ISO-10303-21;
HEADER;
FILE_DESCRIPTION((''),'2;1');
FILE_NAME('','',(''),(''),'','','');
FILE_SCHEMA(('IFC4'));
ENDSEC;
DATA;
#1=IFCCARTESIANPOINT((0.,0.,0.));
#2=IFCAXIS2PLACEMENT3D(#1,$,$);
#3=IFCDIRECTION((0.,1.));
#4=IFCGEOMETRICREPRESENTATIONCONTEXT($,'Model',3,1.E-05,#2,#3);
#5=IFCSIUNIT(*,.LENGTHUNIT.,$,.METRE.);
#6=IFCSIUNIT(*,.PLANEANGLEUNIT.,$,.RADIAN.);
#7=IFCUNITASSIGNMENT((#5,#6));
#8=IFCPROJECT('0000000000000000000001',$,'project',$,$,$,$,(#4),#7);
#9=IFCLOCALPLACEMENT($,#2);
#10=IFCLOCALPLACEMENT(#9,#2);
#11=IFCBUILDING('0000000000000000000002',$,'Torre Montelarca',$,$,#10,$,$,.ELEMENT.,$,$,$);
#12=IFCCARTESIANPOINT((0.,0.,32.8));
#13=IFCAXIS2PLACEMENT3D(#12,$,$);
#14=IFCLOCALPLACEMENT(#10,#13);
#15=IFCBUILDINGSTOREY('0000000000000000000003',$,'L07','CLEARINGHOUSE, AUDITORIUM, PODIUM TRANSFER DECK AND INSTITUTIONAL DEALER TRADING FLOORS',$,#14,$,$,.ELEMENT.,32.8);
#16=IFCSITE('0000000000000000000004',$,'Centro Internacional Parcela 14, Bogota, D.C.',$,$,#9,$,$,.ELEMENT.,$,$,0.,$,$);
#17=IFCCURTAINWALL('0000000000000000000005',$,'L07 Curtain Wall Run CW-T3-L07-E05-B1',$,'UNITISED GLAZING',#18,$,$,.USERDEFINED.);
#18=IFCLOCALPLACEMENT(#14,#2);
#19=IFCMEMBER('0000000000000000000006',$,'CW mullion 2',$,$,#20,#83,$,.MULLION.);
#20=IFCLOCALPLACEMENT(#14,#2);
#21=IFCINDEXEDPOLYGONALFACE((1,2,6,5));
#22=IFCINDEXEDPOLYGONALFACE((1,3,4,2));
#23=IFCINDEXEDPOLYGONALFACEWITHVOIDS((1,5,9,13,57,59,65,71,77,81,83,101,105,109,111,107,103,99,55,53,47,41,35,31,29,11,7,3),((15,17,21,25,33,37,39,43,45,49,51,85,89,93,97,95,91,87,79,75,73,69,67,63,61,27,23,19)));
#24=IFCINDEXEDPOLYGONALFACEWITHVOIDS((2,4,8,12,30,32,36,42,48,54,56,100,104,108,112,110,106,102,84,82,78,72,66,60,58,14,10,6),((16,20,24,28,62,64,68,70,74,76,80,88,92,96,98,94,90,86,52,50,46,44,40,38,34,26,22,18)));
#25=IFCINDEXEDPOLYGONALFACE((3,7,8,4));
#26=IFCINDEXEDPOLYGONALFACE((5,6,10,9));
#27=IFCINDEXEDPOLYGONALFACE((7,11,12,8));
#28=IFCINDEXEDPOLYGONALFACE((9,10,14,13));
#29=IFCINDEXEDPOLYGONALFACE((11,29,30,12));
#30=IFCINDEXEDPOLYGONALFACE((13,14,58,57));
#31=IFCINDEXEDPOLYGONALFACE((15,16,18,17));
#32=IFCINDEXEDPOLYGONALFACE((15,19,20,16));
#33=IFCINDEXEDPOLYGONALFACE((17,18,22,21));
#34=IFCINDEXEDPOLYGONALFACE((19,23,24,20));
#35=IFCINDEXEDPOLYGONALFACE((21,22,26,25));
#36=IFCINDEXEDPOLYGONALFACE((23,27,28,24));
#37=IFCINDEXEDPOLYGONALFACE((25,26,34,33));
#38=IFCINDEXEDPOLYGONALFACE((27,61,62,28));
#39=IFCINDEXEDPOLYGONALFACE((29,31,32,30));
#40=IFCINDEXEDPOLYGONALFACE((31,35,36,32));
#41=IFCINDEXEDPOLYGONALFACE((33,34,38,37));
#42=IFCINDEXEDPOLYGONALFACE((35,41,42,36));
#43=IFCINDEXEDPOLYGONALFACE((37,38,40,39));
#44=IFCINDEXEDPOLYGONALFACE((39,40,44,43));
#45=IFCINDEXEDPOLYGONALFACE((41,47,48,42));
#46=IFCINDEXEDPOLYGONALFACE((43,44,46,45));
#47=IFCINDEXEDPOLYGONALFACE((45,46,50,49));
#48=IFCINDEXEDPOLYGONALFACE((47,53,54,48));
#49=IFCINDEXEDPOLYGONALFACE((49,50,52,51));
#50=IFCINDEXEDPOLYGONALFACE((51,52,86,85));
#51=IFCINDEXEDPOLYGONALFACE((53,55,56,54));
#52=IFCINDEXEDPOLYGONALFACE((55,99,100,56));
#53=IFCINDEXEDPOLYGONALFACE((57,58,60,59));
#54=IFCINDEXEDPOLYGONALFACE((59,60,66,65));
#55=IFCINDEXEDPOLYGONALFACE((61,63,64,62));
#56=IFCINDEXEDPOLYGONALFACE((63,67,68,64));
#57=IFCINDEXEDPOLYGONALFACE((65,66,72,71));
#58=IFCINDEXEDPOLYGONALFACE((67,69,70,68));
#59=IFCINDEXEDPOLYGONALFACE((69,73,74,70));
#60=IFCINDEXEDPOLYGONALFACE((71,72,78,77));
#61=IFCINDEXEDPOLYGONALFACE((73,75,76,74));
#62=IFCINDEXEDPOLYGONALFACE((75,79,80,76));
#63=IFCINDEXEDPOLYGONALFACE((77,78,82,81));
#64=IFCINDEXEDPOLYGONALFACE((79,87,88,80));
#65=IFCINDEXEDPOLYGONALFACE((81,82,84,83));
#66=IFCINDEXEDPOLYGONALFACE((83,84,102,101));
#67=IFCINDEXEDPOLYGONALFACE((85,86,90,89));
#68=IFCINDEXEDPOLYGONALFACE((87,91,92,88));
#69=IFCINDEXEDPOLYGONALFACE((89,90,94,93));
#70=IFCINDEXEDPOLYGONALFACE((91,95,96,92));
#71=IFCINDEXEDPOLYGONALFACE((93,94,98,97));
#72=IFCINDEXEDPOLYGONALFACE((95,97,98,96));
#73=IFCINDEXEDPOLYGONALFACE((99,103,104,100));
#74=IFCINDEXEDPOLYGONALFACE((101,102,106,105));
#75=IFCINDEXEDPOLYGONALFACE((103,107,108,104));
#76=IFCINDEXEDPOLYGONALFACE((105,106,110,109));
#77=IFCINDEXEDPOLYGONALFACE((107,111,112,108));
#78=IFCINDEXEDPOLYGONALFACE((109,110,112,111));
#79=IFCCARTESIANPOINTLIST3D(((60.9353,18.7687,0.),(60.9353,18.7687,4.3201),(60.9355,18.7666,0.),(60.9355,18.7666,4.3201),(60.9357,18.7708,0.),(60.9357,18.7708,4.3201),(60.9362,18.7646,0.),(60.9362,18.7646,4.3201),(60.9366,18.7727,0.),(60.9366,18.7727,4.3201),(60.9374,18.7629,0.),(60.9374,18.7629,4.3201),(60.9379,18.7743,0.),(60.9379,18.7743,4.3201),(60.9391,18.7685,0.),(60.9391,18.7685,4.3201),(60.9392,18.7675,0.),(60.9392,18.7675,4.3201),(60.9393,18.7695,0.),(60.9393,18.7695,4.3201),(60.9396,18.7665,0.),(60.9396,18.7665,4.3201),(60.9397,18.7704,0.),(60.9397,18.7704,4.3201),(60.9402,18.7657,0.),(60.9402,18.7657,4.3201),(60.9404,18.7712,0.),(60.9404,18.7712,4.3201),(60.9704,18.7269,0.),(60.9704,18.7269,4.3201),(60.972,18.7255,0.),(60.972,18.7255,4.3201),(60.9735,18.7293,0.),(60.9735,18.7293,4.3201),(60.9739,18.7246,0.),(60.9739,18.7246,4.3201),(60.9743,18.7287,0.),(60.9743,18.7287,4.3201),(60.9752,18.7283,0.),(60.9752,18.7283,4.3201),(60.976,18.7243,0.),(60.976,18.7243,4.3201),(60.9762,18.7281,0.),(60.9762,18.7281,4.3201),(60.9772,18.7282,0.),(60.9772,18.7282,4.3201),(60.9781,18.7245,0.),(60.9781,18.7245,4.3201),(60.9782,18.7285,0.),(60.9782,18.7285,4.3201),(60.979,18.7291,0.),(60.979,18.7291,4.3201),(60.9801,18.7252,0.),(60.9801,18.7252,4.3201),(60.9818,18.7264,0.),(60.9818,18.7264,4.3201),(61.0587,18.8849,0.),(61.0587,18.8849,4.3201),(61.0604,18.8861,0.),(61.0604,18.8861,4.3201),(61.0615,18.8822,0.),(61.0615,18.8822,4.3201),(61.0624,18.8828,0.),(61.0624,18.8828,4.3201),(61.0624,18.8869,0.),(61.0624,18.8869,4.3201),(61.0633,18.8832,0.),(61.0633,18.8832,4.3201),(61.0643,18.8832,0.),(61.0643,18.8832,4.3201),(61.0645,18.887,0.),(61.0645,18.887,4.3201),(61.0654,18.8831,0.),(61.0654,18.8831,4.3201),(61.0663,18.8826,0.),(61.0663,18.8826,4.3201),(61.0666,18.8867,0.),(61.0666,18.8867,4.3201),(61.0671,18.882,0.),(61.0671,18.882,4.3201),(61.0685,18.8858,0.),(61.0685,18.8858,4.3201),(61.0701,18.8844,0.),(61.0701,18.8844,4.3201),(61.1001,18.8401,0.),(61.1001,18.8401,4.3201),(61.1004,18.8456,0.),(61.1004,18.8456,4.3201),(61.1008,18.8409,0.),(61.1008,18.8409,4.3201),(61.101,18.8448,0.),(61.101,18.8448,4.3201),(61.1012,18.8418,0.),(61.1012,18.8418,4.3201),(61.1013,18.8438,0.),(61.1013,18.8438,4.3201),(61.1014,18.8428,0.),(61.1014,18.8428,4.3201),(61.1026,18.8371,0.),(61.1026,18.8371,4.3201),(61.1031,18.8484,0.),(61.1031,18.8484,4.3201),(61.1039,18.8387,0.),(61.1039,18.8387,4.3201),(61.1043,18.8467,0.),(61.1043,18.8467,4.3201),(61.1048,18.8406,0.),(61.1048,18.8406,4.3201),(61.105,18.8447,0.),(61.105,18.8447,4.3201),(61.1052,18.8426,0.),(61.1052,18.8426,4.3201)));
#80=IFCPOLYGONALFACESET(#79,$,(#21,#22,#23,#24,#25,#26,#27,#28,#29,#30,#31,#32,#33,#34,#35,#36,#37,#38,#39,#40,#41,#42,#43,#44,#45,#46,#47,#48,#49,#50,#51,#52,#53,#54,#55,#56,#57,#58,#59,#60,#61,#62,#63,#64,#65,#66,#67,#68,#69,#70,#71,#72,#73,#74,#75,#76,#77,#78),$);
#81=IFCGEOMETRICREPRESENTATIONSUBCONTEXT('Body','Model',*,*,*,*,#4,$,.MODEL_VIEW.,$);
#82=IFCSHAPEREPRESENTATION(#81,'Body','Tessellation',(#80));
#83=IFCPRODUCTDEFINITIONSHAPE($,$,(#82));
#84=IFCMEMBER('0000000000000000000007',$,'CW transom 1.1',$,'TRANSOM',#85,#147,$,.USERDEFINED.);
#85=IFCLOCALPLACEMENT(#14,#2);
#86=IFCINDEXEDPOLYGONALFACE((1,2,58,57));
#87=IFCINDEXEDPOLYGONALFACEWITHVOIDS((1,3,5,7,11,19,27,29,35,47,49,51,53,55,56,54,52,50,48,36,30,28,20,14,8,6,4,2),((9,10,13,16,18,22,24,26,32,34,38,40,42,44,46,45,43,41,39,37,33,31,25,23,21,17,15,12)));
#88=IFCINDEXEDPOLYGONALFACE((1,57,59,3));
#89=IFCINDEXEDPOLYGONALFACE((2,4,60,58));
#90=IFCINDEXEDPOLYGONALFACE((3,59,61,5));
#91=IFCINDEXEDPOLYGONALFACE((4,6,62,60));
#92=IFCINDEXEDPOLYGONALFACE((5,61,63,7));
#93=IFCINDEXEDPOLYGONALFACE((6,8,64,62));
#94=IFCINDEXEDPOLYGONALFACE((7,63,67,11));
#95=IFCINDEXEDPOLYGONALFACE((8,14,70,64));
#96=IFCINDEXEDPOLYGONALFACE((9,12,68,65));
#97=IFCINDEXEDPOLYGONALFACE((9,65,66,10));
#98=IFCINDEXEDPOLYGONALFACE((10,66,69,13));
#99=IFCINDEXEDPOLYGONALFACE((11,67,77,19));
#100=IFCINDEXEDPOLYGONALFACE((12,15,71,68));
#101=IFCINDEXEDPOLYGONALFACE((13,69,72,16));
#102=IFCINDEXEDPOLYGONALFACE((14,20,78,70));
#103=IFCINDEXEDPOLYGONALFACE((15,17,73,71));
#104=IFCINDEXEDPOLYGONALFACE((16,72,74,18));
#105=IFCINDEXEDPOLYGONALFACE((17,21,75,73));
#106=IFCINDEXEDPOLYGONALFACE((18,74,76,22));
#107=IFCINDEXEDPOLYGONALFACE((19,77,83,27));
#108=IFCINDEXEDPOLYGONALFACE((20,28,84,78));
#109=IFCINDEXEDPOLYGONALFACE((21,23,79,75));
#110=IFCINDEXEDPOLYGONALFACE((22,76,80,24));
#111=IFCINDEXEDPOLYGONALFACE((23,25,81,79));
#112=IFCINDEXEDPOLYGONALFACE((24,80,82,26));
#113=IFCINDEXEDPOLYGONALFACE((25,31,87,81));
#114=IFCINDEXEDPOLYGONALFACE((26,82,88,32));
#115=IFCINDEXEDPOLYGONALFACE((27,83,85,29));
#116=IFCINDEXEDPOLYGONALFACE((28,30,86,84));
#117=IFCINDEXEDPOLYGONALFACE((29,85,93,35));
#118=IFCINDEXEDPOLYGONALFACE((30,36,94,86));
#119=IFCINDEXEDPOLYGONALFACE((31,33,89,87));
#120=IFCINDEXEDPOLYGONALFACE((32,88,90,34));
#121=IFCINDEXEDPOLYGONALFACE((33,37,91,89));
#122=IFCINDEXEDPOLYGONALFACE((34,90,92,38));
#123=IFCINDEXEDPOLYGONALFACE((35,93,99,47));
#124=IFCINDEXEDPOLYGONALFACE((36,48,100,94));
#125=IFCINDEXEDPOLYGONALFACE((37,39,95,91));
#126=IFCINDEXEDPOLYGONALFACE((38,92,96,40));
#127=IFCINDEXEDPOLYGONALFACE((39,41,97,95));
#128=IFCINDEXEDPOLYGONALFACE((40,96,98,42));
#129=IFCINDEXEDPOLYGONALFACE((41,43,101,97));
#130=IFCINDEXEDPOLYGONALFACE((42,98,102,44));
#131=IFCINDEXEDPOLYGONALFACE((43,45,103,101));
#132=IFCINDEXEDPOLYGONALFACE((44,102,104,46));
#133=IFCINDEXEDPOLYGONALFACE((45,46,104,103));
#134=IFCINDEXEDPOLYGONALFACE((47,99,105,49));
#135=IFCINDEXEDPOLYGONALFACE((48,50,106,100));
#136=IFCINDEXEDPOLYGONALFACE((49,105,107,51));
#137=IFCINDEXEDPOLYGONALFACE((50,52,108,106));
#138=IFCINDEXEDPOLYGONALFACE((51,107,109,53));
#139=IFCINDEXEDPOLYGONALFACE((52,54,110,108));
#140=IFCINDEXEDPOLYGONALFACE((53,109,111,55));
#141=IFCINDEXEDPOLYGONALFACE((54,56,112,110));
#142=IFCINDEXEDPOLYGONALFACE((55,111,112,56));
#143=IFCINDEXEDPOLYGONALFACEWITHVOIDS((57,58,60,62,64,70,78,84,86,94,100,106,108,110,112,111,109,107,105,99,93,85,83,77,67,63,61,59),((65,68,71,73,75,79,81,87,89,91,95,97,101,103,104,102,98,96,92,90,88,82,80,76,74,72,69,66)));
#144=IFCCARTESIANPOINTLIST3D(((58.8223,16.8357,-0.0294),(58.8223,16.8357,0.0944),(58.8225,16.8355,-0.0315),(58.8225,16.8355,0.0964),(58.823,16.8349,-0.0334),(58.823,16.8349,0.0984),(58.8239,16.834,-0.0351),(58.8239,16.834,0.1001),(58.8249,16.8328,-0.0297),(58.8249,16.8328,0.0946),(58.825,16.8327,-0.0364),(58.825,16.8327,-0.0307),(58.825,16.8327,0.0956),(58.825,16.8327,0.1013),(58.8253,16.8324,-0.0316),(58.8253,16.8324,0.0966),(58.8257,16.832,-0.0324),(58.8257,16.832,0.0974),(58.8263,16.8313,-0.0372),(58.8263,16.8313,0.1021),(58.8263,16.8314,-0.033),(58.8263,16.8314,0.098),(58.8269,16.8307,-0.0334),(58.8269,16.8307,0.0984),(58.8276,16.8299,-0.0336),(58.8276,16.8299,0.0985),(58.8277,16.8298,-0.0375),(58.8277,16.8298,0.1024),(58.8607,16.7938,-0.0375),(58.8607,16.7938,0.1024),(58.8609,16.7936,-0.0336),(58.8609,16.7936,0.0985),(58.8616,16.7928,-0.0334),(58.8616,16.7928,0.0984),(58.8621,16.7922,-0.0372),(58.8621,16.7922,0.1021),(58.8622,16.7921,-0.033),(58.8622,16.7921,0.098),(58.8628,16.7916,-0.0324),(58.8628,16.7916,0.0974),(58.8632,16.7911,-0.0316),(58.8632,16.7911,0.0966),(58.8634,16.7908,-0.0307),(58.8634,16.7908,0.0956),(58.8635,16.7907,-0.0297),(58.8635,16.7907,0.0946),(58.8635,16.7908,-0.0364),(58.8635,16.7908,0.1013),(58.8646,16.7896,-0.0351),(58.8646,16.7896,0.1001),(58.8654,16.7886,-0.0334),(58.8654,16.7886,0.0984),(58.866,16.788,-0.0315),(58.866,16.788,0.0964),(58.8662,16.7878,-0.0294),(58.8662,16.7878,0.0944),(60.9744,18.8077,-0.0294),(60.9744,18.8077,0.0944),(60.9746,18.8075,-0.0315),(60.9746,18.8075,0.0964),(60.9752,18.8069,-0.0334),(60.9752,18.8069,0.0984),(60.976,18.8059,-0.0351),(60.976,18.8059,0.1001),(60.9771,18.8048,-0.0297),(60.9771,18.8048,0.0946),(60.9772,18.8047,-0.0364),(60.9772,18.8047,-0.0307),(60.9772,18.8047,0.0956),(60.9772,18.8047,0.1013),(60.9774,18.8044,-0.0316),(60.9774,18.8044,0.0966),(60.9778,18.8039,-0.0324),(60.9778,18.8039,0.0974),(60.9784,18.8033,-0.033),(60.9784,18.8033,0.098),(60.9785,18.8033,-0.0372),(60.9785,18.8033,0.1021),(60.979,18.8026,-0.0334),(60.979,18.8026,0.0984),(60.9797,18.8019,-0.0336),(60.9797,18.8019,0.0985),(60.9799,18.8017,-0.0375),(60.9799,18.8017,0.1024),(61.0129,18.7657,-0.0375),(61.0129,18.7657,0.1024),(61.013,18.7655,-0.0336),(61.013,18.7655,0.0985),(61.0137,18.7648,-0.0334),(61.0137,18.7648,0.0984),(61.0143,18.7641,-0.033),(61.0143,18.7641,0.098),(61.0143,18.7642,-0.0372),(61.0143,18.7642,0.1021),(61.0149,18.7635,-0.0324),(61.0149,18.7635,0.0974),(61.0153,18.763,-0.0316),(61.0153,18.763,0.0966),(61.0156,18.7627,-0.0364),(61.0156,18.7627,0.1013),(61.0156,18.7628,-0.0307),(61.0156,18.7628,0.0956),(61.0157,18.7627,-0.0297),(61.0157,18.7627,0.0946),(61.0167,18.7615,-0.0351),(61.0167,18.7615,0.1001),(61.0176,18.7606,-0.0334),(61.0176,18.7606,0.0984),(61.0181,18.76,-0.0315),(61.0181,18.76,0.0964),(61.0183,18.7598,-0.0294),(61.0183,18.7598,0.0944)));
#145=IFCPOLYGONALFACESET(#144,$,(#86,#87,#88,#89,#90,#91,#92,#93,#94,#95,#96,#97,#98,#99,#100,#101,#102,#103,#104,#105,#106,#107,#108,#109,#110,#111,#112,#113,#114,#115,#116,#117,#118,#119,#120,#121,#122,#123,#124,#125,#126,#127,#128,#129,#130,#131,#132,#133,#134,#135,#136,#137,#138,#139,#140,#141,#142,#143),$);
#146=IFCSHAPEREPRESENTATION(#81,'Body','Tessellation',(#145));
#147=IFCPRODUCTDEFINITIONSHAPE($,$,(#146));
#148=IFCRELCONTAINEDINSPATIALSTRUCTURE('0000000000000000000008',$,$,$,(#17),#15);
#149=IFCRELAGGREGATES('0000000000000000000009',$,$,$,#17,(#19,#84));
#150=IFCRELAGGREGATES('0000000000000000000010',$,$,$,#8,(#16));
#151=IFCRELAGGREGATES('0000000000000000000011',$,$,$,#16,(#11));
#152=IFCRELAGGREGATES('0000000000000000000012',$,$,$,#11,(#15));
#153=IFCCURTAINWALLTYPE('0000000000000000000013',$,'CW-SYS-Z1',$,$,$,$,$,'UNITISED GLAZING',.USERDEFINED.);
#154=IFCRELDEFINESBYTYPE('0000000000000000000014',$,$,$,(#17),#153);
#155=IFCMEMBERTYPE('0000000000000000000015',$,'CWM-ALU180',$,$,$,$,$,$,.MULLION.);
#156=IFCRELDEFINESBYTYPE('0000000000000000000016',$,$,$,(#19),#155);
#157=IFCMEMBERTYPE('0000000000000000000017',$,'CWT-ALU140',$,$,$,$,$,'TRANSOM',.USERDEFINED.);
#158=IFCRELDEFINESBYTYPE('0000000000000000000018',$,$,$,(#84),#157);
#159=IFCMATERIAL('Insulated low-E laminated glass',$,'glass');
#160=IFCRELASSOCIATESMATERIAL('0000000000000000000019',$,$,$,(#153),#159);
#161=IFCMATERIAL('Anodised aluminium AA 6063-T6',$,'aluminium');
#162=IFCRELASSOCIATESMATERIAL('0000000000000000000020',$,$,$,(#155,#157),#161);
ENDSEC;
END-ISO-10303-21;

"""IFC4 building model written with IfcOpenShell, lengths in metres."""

from ifc_helpers import new_model, si_unit, direction, frame, origin, origin_2d, place, context, subcontext, project, spatial, hollow_rectangle, extrude, source, transform, mapped, material, material_profile, profile_set, type_object, element, aggregate, save


model = new_model("IFC4")

# Units and contexts
model_context = context("Model", 3, precision=1e-05, world=origin(), true_north=direction((0.0, 1.0)))
body_context = subcontext(model_context, "Body", "Model", "MODEL_VIEW")
ifc_project = project(units=[si_unit("LENGTHUNIT", "METRE"), si_unit("PLANEANGLEUNIT", "RADIAN")], contexts=[model_context])

# Site, building, storey
site_placement = place(None, origin())
site = spatial("IfcSite", under=ifc_project, at=site_placement, Name="Centro Internacional Parcela 14, Bogota, D.C.", CompositionType="ELEMENT", RefElevation=0.0)
building_placement = place(site_placement, origin())
building = spatial("IfcBuilding", under=site, at=building_placement, Name="Torre Montelarca", CompositionType="ELEMENT")
storey_placement = place(building_placement, frame((0.0, 0.0, 32.8)))
storey = spatial("IfcBuildingStorey", under=building, at=storey_placement, Name="L07", Description="CLEARINGHOUSE, AUDITORIUM, PODIUM TRANSFER DECK AND INSTITUTIONAL DEALER TRADING FLOORS", CompositionType="ELEMENT", Elevation=32.8)

# Shared definitions
ifc_material_1 = material(Name="Insulated low-E laminated glass", Category="glass")
curtain_wall_type_1 = type_object("IfcCurtainWallType", Name="CW-SYS-Z1", ElementType="UNITISED GLAZING", PredefinedType="USERDEFINED", material=ifc_material_1)
ifc_material_2 = material(Name="Anodised aluminium AA 6063-T6", Category="aluminium")
ifc_material_profile_1 = material_profile(ifc_material_2, hollow_rectangle(XDim=0.0649, YDim=0.1799, WallThickness=0.0039, InnerFilletRadius=0.0039, OuterFilletRadius=0.0081, at=origin_2d()), Name="ALU65X180X4", Category="aluminium")
ifc_profile_set_1 = profile_set([ifc_material_profile_1], Name="Anodised aluminium AA 6063-T6")
member_type_1 = type_object("IfcMemberType", Name="CWM-ALU180", PredefinedType="MULLION", material=ifc_profile_set_1)
shared_shape_1 = source(origin(), body_context, "Body", "SweptSolid", [
    extrude(hollow_rectangle(XDim=0.0649, YDim=0.1799, WallThickness=0.0039, InnerFilletRadius=0.0039, OuterFilletRadius=0.0081, at=origin_2d()), origin(), (0.0, 0.0, 1.0), 4.3201),
])

# Curtain wall, members
curtain_wall_1_placement = place(storey_placement, origin())
curtain_wall_1 = element("IfcCurtainWall", 1, at=curtain_wall_1_placement, inside=storey, type_object=curtain_wall_type_1, Name="L07 Curtain Wall Run CW-T3-L07-E05-B1", ObjectType="UNITISED GLAZING", PredefinedType="USERDEFINED")
member_1_placement = place(storey_placement, frame((61.0203, 18.8057, 0.0), z_axis=(0.0, 0.0, 1.0), x_axis=(-0.675574, 0.737292, 0.0)))
member_1 = element("IfcMember", 2, at=member_1_placement, type_object=member_type_1, Name="CW mullion 2", PredefinedType="MULLION", context=body_context, shape_type="MappedRepresentation", body=[
    mapped(shared_shape_1, transform((0.0, 0.0, 0.0), scale=1.0)),
])
ifc_material_profile_2 = material_profile(ifc_material_2, hollow_rectangle(XDim=0.0649, YDim=0.1399, WallThickness=0.0039, InnerFilletRadius=0.0039, OuterFilletRadius=0.0081, at=origin_2d()), Name="ALU65X140X4", Category="aluminium")
ifc_profile_set_2 = profile_set([ifc_material_profile_2], Name="Anodised aluminium AA 6063-T6")
member_type_2 = type_object("IfcMemberType", Name="CWT-ALU140", ElementType="TRANSOM", PredefinedType="USERDEFINED", material=ifc_profile_set_2)
shared_shape_2 = source(origin(), body_context, "Body", "SweptSolid", [
    extrude(hollow_rectangle(XDim=0.0649, YDim=0.1399, WallThickness=0.0039, InnerFilletRadius=0.0039, OuterFilletRadius=0.0081, at=origin_2d()), origin(), (0.0, 0.0, 1.0), 2.9189),
])
member_2_placement = place(storey_placement, frame((58.8442, 16.8118, 0.0325), z_axis=(0.737296, 0.675569, 0.0), x_axis=(-0.675569, 0.737296, 0.0)))
member_2 = element("IfcMember", 3, at=member_2_placement, type_object=member_type_2, Name="CW transom 1.1", ObjectType="TRANSOM", PredefinedType="USERDEFINED", context=body_context, shape_type="MappedRepresentation", body=[
    mapped(shared_shape_2, transform((0.0, 0.0, 0.0), scale=1.0)),
])

aggregate(curtain_wall_1, [member_1, member_2])

save(model, "model.ifc")
